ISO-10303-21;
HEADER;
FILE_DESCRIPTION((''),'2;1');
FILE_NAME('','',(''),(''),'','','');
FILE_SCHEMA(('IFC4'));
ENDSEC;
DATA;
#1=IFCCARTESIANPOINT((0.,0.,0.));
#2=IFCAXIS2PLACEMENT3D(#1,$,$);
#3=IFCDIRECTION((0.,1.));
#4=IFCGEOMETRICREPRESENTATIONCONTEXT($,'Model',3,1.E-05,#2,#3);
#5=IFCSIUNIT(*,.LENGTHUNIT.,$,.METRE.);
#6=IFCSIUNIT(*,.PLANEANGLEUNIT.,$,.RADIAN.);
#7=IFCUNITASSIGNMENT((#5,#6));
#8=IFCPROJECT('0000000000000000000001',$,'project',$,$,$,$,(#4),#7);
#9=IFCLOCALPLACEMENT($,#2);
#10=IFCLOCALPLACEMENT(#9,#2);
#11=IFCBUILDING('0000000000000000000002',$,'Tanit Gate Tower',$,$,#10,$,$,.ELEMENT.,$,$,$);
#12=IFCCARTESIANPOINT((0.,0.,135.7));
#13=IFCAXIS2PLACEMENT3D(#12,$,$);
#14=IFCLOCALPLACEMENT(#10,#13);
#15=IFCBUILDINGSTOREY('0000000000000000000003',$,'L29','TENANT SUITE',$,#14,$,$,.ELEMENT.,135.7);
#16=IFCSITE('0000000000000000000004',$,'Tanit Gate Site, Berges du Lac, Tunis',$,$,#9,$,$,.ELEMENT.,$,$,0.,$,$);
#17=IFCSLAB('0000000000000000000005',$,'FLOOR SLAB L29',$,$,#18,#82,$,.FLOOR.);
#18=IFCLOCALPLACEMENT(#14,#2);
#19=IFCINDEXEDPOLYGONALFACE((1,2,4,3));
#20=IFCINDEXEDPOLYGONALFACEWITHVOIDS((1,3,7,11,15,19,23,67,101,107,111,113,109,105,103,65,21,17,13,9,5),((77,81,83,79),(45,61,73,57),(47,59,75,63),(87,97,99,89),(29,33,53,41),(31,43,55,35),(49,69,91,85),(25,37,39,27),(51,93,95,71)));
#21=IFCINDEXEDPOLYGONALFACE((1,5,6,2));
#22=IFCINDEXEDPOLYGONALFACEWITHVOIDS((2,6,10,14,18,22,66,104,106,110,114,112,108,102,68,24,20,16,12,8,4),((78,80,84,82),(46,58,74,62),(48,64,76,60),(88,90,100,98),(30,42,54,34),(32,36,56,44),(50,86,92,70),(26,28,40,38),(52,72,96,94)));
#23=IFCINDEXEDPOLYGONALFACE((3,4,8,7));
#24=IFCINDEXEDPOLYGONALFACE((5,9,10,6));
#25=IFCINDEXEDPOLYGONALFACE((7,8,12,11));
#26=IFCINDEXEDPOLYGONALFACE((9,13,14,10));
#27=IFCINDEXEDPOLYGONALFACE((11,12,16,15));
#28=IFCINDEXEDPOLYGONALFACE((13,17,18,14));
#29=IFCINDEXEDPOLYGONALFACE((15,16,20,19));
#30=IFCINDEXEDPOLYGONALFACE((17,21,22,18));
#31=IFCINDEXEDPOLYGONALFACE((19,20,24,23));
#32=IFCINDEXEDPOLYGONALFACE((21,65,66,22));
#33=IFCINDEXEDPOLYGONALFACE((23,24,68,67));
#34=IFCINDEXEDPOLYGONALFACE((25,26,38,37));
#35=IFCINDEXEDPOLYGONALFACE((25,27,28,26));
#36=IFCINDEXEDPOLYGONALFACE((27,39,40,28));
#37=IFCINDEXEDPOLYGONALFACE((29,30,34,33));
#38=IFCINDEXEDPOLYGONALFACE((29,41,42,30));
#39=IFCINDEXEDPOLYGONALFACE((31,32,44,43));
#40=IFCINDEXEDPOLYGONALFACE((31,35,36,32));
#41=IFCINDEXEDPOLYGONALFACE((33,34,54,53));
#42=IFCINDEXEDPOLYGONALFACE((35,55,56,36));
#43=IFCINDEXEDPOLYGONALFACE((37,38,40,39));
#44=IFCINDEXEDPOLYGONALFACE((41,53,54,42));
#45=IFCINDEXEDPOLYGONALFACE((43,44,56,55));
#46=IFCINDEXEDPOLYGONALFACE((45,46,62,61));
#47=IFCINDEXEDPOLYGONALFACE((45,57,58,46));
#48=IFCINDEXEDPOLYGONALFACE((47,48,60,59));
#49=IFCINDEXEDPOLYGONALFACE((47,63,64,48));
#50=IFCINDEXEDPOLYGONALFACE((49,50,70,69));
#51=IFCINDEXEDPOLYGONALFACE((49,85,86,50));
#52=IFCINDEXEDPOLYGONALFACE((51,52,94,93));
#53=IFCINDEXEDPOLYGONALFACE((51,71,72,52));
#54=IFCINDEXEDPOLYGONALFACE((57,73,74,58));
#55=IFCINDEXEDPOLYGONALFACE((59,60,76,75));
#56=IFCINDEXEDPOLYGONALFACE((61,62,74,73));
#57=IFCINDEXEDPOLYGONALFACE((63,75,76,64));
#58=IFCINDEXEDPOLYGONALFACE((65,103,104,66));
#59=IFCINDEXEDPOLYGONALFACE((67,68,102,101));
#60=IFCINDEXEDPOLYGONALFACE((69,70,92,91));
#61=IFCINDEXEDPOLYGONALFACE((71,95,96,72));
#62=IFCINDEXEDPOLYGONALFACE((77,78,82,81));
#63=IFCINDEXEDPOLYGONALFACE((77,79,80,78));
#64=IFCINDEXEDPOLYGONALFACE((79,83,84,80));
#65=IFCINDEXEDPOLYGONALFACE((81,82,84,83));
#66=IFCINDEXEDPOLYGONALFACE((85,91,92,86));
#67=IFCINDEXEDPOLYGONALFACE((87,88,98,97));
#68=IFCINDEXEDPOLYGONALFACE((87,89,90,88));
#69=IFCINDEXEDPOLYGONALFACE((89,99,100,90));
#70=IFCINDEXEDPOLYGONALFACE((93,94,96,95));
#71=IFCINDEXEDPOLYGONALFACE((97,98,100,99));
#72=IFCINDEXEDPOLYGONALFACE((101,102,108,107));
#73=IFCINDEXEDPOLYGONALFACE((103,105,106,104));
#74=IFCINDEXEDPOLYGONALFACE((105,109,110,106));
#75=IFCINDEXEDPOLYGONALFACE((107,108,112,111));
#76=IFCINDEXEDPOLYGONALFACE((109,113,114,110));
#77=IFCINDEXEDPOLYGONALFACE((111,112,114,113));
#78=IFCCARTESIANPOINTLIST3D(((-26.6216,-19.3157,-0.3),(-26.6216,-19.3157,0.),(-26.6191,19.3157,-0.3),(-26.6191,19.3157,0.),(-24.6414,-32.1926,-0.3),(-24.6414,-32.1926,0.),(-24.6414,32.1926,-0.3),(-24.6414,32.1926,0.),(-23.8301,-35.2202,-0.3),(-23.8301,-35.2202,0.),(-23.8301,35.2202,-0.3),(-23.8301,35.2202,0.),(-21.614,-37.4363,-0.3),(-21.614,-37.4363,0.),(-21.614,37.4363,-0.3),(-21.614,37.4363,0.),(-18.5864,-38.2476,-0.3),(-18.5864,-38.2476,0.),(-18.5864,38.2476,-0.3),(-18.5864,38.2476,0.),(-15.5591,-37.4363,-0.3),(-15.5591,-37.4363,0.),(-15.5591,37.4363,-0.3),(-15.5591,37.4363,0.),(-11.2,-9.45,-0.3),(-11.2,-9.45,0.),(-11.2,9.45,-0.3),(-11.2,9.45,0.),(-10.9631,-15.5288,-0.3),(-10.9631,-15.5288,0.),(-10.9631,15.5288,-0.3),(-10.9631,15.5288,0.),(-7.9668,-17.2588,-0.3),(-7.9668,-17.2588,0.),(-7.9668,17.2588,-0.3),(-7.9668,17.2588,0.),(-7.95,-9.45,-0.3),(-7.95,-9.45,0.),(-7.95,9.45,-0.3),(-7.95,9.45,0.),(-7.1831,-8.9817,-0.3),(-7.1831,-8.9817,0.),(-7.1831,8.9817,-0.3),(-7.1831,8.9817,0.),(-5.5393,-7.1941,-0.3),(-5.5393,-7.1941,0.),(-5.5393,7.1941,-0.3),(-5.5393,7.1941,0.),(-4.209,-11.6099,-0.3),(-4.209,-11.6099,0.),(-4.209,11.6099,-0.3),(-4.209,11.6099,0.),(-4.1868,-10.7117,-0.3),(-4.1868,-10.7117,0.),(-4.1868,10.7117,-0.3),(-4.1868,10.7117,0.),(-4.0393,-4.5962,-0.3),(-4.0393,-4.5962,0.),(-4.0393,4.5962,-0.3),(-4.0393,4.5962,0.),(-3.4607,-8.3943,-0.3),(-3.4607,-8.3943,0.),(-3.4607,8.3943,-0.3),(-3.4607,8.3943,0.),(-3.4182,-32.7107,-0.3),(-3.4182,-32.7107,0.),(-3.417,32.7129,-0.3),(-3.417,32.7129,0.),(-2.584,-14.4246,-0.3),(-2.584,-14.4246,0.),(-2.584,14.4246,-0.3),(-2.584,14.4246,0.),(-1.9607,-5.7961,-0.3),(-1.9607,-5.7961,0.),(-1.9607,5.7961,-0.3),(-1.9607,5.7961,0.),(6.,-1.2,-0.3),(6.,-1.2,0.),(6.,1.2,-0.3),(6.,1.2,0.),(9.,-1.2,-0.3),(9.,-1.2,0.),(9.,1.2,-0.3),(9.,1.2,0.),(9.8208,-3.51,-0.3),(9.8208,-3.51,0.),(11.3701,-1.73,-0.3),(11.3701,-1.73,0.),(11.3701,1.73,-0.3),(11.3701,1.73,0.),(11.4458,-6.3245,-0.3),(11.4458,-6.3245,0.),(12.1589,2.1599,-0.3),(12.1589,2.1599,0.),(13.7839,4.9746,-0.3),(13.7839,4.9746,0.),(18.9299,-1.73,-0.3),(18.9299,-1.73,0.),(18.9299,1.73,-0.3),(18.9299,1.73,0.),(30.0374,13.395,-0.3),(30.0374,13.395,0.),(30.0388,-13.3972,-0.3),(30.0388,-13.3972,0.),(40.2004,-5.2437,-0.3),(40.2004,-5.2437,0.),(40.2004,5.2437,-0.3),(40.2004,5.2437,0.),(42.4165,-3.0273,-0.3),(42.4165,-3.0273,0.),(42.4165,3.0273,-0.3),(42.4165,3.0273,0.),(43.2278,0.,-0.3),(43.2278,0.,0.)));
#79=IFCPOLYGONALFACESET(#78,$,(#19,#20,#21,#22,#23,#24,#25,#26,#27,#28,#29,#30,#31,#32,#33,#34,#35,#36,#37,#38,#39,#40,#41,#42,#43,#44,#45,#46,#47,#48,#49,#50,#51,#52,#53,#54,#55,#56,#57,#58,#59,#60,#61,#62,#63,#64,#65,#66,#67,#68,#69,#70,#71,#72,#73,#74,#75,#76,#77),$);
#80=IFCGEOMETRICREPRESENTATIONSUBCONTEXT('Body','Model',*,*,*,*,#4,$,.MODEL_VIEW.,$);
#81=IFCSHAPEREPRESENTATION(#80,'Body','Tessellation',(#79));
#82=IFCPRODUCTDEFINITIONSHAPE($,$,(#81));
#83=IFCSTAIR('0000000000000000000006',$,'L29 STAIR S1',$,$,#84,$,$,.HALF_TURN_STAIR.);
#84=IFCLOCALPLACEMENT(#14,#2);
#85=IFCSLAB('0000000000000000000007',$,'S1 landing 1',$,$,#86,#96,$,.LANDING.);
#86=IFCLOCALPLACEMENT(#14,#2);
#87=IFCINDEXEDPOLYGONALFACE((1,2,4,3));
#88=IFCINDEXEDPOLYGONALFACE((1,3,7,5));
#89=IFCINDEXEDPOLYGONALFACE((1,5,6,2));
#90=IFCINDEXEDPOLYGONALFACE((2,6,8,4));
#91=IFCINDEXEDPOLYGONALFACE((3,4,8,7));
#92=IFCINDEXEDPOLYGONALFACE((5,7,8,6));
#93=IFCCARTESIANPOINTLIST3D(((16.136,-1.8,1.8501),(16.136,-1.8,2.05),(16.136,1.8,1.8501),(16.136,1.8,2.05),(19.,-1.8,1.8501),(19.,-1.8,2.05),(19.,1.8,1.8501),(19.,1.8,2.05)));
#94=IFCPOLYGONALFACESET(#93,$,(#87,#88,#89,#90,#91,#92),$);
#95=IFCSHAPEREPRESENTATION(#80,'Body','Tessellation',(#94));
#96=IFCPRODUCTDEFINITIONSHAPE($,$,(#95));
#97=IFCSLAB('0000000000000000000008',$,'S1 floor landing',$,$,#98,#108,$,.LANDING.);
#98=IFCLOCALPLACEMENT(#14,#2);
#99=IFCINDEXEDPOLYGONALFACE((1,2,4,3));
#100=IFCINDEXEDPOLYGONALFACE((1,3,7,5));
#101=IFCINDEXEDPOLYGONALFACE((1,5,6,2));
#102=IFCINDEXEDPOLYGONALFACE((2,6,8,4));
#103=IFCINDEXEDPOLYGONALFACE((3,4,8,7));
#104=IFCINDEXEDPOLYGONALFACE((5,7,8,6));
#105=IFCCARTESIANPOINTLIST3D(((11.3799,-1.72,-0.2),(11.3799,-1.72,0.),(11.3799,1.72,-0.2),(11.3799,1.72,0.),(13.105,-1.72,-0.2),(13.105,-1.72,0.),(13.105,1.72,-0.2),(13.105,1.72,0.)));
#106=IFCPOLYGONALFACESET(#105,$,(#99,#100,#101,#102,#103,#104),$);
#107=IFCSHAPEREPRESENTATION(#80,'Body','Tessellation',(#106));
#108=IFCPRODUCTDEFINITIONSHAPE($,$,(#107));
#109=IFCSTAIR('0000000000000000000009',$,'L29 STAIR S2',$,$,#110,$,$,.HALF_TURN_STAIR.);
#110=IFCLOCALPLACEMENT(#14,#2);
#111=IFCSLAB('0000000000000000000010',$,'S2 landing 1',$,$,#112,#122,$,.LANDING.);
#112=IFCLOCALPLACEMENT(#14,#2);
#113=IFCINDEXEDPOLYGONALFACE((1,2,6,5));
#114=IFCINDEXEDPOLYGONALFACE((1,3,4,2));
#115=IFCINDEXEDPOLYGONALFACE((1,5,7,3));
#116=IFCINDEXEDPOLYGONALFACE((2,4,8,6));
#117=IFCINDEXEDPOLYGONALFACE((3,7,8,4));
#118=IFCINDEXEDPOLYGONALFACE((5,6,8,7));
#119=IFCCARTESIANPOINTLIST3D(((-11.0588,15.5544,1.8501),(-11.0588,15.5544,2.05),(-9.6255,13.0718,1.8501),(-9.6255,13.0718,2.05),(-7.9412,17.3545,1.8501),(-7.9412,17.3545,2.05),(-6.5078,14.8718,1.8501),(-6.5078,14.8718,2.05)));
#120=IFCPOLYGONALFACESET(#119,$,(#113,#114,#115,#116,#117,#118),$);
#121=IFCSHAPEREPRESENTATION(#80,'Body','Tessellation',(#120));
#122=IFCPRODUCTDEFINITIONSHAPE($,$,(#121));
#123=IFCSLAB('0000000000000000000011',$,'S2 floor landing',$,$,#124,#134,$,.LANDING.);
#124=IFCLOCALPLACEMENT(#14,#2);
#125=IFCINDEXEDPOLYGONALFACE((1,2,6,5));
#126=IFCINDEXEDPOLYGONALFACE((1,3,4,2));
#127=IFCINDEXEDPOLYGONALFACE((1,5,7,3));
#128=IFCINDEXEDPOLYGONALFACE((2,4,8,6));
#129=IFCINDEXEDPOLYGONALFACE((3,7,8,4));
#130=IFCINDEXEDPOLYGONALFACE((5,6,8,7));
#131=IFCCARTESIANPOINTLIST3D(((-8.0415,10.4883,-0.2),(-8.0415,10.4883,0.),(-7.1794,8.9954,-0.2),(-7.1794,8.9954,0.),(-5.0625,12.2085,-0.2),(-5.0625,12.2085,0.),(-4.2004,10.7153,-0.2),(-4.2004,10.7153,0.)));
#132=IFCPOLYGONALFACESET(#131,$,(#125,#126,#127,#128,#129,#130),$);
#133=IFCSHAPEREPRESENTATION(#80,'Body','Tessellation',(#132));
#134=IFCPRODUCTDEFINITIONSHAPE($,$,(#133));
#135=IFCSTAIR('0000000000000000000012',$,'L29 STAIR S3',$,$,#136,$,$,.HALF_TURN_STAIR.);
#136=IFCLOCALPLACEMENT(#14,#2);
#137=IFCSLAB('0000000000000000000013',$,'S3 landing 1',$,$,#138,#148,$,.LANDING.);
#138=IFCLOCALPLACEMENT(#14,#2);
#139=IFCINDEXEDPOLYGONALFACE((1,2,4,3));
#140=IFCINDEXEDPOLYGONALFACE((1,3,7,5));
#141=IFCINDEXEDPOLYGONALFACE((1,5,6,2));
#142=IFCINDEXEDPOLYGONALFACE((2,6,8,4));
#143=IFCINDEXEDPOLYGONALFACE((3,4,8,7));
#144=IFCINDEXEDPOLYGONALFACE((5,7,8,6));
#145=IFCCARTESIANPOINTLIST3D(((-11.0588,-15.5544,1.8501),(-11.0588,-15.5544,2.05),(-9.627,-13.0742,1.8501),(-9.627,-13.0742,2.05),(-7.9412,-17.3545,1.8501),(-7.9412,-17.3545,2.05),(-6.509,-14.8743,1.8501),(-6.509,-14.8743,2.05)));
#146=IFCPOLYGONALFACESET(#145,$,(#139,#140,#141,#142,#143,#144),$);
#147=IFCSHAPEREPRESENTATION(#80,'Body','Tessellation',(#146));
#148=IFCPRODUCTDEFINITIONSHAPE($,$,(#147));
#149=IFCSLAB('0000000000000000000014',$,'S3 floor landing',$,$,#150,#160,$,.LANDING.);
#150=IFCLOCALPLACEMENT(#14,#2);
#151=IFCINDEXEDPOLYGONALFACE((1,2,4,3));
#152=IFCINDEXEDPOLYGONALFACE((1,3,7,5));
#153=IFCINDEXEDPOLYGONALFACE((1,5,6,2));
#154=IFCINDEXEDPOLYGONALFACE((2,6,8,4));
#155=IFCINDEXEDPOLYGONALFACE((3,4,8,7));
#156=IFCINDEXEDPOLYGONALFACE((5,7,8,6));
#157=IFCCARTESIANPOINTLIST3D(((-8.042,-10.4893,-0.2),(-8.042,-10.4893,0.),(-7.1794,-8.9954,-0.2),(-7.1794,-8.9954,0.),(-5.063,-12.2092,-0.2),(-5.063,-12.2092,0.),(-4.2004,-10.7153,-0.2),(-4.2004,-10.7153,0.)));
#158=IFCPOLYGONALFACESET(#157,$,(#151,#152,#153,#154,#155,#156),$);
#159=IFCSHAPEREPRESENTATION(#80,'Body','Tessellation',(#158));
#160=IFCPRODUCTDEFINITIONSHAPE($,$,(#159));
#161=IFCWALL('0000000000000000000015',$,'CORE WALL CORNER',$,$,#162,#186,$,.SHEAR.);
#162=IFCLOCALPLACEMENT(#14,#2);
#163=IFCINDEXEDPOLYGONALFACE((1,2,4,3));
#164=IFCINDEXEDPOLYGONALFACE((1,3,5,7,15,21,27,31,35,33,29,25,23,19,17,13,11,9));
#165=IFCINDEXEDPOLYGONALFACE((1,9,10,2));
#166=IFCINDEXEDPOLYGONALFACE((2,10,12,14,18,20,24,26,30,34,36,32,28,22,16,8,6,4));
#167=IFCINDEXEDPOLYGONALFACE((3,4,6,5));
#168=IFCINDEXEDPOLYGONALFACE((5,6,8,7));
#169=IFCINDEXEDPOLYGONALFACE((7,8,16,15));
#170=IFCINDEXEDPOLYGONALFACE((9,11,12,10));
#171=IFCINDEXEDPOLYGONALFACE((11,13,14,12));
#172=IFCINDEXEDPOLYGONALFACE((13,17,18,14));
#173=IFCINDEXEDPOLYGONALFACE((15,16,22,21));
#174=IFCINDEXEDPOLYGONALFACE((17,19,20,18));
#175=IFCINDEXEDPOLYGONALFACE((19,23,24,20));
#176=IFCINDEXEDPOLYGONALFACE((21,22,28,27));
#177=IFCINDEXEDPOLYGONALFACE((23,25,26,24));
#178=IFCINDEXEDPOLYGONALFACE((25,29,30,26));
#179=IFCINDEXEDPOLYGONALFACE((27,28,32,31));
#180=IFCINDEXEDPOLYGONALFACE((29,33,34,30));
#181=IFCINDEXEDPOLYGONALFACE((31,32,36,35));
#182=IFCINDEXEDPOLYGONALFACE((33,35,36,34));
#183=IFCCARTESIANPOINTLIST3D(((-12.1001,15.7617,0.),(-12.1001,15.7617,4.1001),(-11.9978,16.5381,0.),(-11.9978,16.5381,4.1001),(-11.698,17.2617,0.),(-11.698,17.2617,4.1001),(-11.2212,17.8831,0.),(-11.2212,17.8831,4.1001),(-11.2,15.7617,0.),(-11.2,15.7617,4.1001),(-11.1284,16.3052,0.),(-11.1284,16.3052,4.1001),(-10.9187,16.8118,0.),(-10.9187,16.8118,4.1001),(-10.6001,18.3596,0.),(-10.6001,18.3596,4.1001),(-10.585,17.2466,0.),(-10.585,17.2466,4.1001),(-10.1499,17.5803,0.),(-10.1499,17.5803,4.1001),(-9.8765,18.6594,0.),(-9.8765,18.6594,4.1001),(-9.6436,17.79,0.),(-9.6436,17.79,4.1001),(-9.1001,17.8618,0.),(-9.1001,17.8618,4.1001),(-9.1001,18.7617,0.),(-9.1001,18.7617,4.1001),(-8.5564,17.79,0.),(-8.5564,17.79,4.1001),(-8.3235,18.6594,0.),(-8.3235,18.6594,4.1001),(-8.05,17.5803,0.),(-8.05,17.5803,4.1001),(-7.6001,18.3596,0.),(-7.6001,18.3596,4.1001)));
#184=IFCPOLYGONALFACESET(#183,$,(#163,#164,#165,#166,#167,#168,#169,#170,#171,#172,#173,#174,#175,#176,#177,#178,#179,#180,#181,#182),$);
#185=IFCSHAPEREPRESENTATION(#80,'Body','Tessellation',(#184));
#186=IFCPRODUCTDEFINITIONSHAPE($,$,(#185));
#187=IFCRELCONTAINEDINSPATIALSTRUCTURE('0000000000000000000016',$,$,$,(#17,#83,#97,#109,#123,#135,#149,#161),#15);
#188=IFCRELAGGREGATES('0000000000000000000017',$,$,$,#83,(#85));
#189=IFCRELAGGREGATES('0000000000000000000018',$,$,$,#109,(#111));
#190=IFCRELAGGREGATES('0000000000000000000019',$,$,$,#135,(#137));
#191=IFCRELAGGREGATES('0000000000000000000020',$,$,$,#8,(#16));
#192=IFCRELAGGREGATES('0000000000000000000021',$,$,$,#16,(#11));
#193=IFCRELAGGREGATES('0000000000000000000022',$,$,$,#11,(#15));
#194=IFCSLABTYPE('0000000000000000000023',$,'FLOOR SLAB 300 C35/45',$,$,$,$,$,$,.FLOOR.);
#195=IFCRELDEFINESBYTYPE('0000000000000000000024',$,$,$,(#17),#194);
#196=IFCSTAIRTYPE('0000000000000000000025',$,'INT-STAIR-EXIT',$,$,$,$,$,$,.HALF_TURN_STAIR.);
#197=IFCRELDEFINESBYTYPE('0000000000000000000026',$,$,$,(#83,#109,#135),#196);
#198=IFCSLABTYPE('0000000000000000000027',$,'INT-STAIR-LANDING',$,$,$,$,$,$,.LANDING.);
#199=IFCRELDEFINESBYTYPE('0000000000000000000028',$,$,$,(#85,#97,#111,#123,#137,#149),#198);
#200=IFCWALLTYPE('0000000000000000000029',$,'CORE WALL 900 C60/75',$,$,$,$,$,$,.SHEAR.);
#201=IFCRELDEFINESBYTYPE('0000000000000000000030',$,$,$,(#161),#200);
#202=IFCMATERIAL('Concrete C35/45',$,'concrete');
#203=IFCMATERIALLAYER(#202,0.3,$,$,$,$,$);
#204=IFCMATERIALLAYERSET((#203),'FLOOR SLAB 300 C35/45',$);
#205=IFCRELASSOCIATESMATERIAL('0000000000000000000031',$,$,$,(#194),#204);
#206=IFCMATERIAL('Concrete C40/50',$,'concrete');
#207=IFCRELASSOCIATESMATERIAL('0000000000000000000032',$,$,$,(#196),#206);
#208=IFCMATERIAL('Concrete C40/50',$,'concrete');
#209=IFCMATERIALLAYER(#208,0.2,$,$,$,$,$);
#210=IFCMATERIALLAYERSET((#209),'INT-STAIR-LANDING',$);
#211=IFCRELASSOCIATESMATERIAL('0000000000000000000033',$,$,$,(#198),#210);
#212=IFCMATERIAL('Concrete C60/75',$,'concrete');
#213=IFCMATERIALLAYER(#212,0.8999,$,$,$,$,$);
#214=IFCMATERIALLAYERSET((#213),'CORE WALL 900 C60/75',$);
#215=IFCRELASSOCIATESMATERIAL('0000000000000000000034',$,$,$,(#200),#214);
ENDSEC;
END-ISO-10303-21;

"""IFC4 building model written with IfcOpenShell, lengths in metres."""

from ifc_helpers import new_model, si_unit, direction, frame, origin, place, context, subcontext, project, spatial, polyline, outline, extrude, material, layer, layer_set, type_object, element, aggregate, save


model = new_model("IFC4")

# Units and contexts
model_context = context("Model", 3, precision=1e-05, world=origin(), true_north=direction((0.0, 1.0)))
body_context = subcontext(model_context, "Body", "Model", "MODEL_VIEW")
ifc_project = project(units=[si_unit("LENGTHUNIT", "METRE"), si_unit("PLANEANGLEUNIT", "RADIAN")], contexts=[model_context])

# Site, building, storey
site_placement = place(None, origin())
site = spatial("IfcSite", under=ifc_project, at=site_placement, Name="Tanit Gate Site, Berges du Lac, Tunis", CompositionType="ELEMENT", RefElevation=0.0)
building_placement = place(site_placement, origin())
building = spatial("IfcBuilding", under=site, at=building_placement, Name="Tanit Gate Tower", CompositionType="ELEMENT")
storey_placement = place(building_placement, frame((0.0, 0.0, 135.7)))
storey = spatial("IfcBuildingStorey", under=building, at=storey_placement, Name="L29", Description="TENANT SUITE", CompositionType="ELEMENT", Elevation=135.7)

# Slab
ifc_material_1 = material(Name="Concrete C35/45", Category="concrete")
ifc_layer_1 = layer(ifc_material_1, 0.3)
ifc_layer_set_1 = layer_set([ifc_layer_1], Name="FLOOR SLAB 300 C35/45")
slab_type_1 = type_object("IfcSlabType", Name="FLOOR SLAB 300 C35/45", PredefinedType="FLOOR", material=ifc_layer_set_1)
slab_1_placement = place(storey_placement, frame((0.0, 0.0, -0.3)))
element("IfcSlab", 1, at=slab_1_placement, inside=storey, type_object=slab_type_1, Name="FLOOR SLAB L29", PredefinedType="FLOOR", context=body_context, shape_type="SweptSolid", body=[
    extrude(outline(polyline([(40.2004, 5.2437), (42.4165, 3.0273), (43.2278, 0.0), (42.4165, -3.0273), (40.2004, -5.2437), (30.0388, -13.3972), (-3.4182, -32.7107), (-15.5591, -37.4363), (-18.5864, -38.2476), (-21.614, -37.4363), (-23.8301, -35.2202), (-24.6414, -32.1926), (-26.6216, -19.3157), (-26.6191, 19.3157), (-24.6414, 32.1926), (-23.8301, 35.2202), (-21.614, 37.4363), (-18.5864, 38.2476), (-15.5591, 37.4363), (-3.417, 32.7129), (30.0374, 13.395), (40.2004, 5.2437)]), holes=[polyline([(11.3701, 1.73), (18.9299, 1.73), (18.9299, -1.73), (11.3701, -1.73), (11.3701, 1.73)]), polyline([(-4.209, 11.6099), (-2.584, 14.4246), (13.7839, 4.9746), (12.1589, 2.1599), (-4.209, 11.6099)]), polyline([(-4.209, -11.6099), (9.8208, -3.51), (11.4458, -6.3245), (-2.584, -14.4246), (-4.209, -11.6099)]), polyline([(9.0, 1.2), (9.0, -1.2), (6.0, -1.2), (6.0, 1.2), (9.0, 1.2)]), polyline([(-5.5393, 7.1941), (-3.4607, 8.3943), (-1.9607, 5.7961), (-4.0393, 4.5962), (-5.5393, 7.1941)]), polyline([(-1.9607, -5.7961), (-3.4607, -8.3943), (-5.5393, -7.1941), (-4.0393, -4.5962), (-1.9607, -5.7961)]), polyline([(-10.9631, 15.5288), (-7.9668, 17.2588), (-4.1868, 10.7117), (-7.1831, 8.9817), (-10.9631, 15.5288)]), polyline([(-4.1868, -10.7117), (-7.9668, -17.2588), (-10.9631, -15.5288), (-7.1831, -8.9817), (-4.1868, -10.7117)]), polyline([(-11.2, -9.45), (-11.2, 9.45), (-7.95, 9.45), (-7.95, -9.45), (-11.2, -9.45)])]), origin(), (0.0, 0.0, 1.0), 0.3),
])

# Stair, slab
ifc_material_2 = material(Name="Concrete C40/50", Category="concrete")
stair_type = type_object("IfcStairType", Name="INT-STAIR-EXIT", PredefinedType="HALF_TURN_STAIR", material=ifc_material_2)
stair_1_placement = place(storey_placement, origin())
stair_1 = element("IfcStair", 2, at=stair_1_placement, inside=storey, type_object=stair_type, Name="L29 STAIR S1", PredefinedType="HALF_TURN_STAIR")
ifc_material_3 = material(Name="Concrete C40/50", Category="concrete")
ifc_layer_2 = layer(ifc_material_3, 0.2)
ifc_layer_set_2 = layer_set([ifc_layer_2], Name="INT-STAIR-LANDING")
slab_type_2 = type_object("IfcSlabType", Name="INT-STAIR-LANDING", PredefinedType="LANDING", material=ifc_layer_set_2)
slab_2_placement = place(storey_placement, frame((0.0, 0.0, 1.8501)))
slab_2 = element("IfcSlab", 3, at=slab_2_placement, type_object=slab_type_2, Name="S1 landing 1", PredefinedType="LANDING", context=body_context, shape_type="SweptSolid", body=[
    extrude(outline(polyline([(16.136, -1.8), (19.0, -1.8), (19.0, 1.8), (16.136, 1.8), (16.136, -1.8)])), origin(), (0.0, 0.0, 1.0), 0.2),
])
aggregate(stair_1, [slab_2])

# Slab
slab_3_placement = place(storey_placement, frame((0.0, 0.0, -0.2)))
element("IfcSlab", 4, at=slab_3_placement, inside=storey, type_object=slab_type_2, Name="S1 floor landing", PredefinedType="LANDING", context=body_context, shape_type="SweptSolid", body=[
    extrude(outline(polyline([(11.3799, -1.72), (13.105, -1.72), (13.105, 1.72), (11.3799, 1.72), (11.3799, -1.72)])), origin(), (0.0, 0.0, 1.0), 0.2),
])

# Stair, slab
stair_2_placement = place(storey_placement, origin())
stair_2 = element("IfcStair", 5, at=stair_2_placement, inside=storey, type_object=stair_type, Name="L29 STAIR S2", PredefinedType="HALF_TURN_STAIR")
slab_4_placement = place(storey_placement, frame((0.0, 0.0, 1.8501)))
slab_4 = element("IfcSlab", 6, at=slab_4_placement, type_object=slab_type_2, Name="S2 landing 1", PredefinedType="LANDING", context=body_context, shape_type="SweptSolid", body=[
    extrude(outline(polyline([(-6.5078, 14.8718), (-7.9412, 17.3545), (-11.0588, 15.5544), (-9.6255, 13.0718), (-6.5078, 14.8718)])), origin(), (0.0, 0.0, 1.0), 0.2),
])
aggregate(stair_2, [slab_4])

# Slab
slab_5_placement = place(storey_placement, frame((0.0, 0.0, -0.2)))
element("IfcSlab", 7, at=slab_5_placement, inside=storey, type_object=slab_type_2, Name="S2 floor landing", PredefinedType="LANDING", context=body_context, shape_type="SweptSolid", body=[
    extrude(outline(polyline([(-4.2004, 10.7153), (-5.0625, 12.2085), (-8.0415, 10.4883), (-7.1794, 8.9954), (-4.2004, 10.7153)])), origin(), (0.0, 0.0, 1.0), 0.2),
])

# Stair, slab
stair_3_placement = place(storey_placement, origin())
stair_3 = element("IfcStair", 8, at=stair_3_placement, inside=storey, type_object=stair_type, Name="L29 STAIR S3", PredefinedType="HALF_TURN_STAIR")
slab_6_placement = place(storey_placement, frame((0.0, 0.0, 1.8501)))
slab_6 = element("IfcSlab", 9, at=slab_6_placement, type_object=slab_type_2, Name="S3 landing 1", PredefinedType="LANDING", context=body_context, shape_type="SweptSolid", body=[
    extrude(outline(polyline([(-9.627, -13.0742), (-11.0588, -15.5544), (-7.9412, -17.3545), (-6.509, -14.8743), (-9.627, -13.0742)])), origin(), (0.0, 0.0, 1.0), 0.2),
])
aggregate(stair_3, [slab_6])

# Slab
slab_7_placement = place(storey_placement, frame((0.0, 0.0, -0.2)))
element("IfcSlab", 10, at=slab_7_placement, inside=storey, type_object=slab_type_2, Name="S3 floor landing", PredefinedType="LANDING", context=body_context, shape_type="SweptSolid", body=[
    extrude(outline(polyline([(-7.1794, -8.9954), (-8.042, -10.4893), (-5.063, -12.2092), (-4.2004, -10.7153), (-7.1794, -8.9954)])), origin(), (0.0, 0.0, 1.0), 0.2),
])

# Wall
ifc_material_4 = material(Name="Concrete C60/75", Category="concrete")
ifc_layer_3 = layer(ifc_material_4, 0.8999)
ifc_layer_set_3 = layer_set([ifc_layer_3], Name="CORE WALL 900 C60/75")
wall_type_1 = type_object("IfcWallType", Name="CORE WALL 900 C60/75", PredefinedType="SHEAR", material=ifc_layer_set_3)
wall_1_placement = place(storey_placement, origin())
element("IfcWall", 11, at=wall_1_placement, inside=storey, type_object=wall_type_1, Name="CORE WALL CORNER", PredefinedType="SHEAR", context=body_context, shape_type="SweptSolid", body=[
    extrude(outline(polyline([(-7.6001, 18.3596), (-8.3235, 18.6594), (-9.1001, 18.7617), (-9.8765, 18.6594), (-10.6001, 18.3596), (-11.2212, 17.8831), (-11.698, 17.2617), (-11.9978, 16.5381), (-12.1001, 15.7617), (-11.2, 15.7617), (-11.1284, 16.3052), (-10.9187, 16.8118), (-10.585, 17.2466), (-10.1499, 17.5803), (-9.6436, 17.79), (-9.1001, 17.8618), (-8.5564, 17.79), (-8.05, 17.5803), (-7.6001, 18.3596)])), origin(), (0.0, 0.0, 1.0), 4.1001),
])

save(model, "model.ifc")
